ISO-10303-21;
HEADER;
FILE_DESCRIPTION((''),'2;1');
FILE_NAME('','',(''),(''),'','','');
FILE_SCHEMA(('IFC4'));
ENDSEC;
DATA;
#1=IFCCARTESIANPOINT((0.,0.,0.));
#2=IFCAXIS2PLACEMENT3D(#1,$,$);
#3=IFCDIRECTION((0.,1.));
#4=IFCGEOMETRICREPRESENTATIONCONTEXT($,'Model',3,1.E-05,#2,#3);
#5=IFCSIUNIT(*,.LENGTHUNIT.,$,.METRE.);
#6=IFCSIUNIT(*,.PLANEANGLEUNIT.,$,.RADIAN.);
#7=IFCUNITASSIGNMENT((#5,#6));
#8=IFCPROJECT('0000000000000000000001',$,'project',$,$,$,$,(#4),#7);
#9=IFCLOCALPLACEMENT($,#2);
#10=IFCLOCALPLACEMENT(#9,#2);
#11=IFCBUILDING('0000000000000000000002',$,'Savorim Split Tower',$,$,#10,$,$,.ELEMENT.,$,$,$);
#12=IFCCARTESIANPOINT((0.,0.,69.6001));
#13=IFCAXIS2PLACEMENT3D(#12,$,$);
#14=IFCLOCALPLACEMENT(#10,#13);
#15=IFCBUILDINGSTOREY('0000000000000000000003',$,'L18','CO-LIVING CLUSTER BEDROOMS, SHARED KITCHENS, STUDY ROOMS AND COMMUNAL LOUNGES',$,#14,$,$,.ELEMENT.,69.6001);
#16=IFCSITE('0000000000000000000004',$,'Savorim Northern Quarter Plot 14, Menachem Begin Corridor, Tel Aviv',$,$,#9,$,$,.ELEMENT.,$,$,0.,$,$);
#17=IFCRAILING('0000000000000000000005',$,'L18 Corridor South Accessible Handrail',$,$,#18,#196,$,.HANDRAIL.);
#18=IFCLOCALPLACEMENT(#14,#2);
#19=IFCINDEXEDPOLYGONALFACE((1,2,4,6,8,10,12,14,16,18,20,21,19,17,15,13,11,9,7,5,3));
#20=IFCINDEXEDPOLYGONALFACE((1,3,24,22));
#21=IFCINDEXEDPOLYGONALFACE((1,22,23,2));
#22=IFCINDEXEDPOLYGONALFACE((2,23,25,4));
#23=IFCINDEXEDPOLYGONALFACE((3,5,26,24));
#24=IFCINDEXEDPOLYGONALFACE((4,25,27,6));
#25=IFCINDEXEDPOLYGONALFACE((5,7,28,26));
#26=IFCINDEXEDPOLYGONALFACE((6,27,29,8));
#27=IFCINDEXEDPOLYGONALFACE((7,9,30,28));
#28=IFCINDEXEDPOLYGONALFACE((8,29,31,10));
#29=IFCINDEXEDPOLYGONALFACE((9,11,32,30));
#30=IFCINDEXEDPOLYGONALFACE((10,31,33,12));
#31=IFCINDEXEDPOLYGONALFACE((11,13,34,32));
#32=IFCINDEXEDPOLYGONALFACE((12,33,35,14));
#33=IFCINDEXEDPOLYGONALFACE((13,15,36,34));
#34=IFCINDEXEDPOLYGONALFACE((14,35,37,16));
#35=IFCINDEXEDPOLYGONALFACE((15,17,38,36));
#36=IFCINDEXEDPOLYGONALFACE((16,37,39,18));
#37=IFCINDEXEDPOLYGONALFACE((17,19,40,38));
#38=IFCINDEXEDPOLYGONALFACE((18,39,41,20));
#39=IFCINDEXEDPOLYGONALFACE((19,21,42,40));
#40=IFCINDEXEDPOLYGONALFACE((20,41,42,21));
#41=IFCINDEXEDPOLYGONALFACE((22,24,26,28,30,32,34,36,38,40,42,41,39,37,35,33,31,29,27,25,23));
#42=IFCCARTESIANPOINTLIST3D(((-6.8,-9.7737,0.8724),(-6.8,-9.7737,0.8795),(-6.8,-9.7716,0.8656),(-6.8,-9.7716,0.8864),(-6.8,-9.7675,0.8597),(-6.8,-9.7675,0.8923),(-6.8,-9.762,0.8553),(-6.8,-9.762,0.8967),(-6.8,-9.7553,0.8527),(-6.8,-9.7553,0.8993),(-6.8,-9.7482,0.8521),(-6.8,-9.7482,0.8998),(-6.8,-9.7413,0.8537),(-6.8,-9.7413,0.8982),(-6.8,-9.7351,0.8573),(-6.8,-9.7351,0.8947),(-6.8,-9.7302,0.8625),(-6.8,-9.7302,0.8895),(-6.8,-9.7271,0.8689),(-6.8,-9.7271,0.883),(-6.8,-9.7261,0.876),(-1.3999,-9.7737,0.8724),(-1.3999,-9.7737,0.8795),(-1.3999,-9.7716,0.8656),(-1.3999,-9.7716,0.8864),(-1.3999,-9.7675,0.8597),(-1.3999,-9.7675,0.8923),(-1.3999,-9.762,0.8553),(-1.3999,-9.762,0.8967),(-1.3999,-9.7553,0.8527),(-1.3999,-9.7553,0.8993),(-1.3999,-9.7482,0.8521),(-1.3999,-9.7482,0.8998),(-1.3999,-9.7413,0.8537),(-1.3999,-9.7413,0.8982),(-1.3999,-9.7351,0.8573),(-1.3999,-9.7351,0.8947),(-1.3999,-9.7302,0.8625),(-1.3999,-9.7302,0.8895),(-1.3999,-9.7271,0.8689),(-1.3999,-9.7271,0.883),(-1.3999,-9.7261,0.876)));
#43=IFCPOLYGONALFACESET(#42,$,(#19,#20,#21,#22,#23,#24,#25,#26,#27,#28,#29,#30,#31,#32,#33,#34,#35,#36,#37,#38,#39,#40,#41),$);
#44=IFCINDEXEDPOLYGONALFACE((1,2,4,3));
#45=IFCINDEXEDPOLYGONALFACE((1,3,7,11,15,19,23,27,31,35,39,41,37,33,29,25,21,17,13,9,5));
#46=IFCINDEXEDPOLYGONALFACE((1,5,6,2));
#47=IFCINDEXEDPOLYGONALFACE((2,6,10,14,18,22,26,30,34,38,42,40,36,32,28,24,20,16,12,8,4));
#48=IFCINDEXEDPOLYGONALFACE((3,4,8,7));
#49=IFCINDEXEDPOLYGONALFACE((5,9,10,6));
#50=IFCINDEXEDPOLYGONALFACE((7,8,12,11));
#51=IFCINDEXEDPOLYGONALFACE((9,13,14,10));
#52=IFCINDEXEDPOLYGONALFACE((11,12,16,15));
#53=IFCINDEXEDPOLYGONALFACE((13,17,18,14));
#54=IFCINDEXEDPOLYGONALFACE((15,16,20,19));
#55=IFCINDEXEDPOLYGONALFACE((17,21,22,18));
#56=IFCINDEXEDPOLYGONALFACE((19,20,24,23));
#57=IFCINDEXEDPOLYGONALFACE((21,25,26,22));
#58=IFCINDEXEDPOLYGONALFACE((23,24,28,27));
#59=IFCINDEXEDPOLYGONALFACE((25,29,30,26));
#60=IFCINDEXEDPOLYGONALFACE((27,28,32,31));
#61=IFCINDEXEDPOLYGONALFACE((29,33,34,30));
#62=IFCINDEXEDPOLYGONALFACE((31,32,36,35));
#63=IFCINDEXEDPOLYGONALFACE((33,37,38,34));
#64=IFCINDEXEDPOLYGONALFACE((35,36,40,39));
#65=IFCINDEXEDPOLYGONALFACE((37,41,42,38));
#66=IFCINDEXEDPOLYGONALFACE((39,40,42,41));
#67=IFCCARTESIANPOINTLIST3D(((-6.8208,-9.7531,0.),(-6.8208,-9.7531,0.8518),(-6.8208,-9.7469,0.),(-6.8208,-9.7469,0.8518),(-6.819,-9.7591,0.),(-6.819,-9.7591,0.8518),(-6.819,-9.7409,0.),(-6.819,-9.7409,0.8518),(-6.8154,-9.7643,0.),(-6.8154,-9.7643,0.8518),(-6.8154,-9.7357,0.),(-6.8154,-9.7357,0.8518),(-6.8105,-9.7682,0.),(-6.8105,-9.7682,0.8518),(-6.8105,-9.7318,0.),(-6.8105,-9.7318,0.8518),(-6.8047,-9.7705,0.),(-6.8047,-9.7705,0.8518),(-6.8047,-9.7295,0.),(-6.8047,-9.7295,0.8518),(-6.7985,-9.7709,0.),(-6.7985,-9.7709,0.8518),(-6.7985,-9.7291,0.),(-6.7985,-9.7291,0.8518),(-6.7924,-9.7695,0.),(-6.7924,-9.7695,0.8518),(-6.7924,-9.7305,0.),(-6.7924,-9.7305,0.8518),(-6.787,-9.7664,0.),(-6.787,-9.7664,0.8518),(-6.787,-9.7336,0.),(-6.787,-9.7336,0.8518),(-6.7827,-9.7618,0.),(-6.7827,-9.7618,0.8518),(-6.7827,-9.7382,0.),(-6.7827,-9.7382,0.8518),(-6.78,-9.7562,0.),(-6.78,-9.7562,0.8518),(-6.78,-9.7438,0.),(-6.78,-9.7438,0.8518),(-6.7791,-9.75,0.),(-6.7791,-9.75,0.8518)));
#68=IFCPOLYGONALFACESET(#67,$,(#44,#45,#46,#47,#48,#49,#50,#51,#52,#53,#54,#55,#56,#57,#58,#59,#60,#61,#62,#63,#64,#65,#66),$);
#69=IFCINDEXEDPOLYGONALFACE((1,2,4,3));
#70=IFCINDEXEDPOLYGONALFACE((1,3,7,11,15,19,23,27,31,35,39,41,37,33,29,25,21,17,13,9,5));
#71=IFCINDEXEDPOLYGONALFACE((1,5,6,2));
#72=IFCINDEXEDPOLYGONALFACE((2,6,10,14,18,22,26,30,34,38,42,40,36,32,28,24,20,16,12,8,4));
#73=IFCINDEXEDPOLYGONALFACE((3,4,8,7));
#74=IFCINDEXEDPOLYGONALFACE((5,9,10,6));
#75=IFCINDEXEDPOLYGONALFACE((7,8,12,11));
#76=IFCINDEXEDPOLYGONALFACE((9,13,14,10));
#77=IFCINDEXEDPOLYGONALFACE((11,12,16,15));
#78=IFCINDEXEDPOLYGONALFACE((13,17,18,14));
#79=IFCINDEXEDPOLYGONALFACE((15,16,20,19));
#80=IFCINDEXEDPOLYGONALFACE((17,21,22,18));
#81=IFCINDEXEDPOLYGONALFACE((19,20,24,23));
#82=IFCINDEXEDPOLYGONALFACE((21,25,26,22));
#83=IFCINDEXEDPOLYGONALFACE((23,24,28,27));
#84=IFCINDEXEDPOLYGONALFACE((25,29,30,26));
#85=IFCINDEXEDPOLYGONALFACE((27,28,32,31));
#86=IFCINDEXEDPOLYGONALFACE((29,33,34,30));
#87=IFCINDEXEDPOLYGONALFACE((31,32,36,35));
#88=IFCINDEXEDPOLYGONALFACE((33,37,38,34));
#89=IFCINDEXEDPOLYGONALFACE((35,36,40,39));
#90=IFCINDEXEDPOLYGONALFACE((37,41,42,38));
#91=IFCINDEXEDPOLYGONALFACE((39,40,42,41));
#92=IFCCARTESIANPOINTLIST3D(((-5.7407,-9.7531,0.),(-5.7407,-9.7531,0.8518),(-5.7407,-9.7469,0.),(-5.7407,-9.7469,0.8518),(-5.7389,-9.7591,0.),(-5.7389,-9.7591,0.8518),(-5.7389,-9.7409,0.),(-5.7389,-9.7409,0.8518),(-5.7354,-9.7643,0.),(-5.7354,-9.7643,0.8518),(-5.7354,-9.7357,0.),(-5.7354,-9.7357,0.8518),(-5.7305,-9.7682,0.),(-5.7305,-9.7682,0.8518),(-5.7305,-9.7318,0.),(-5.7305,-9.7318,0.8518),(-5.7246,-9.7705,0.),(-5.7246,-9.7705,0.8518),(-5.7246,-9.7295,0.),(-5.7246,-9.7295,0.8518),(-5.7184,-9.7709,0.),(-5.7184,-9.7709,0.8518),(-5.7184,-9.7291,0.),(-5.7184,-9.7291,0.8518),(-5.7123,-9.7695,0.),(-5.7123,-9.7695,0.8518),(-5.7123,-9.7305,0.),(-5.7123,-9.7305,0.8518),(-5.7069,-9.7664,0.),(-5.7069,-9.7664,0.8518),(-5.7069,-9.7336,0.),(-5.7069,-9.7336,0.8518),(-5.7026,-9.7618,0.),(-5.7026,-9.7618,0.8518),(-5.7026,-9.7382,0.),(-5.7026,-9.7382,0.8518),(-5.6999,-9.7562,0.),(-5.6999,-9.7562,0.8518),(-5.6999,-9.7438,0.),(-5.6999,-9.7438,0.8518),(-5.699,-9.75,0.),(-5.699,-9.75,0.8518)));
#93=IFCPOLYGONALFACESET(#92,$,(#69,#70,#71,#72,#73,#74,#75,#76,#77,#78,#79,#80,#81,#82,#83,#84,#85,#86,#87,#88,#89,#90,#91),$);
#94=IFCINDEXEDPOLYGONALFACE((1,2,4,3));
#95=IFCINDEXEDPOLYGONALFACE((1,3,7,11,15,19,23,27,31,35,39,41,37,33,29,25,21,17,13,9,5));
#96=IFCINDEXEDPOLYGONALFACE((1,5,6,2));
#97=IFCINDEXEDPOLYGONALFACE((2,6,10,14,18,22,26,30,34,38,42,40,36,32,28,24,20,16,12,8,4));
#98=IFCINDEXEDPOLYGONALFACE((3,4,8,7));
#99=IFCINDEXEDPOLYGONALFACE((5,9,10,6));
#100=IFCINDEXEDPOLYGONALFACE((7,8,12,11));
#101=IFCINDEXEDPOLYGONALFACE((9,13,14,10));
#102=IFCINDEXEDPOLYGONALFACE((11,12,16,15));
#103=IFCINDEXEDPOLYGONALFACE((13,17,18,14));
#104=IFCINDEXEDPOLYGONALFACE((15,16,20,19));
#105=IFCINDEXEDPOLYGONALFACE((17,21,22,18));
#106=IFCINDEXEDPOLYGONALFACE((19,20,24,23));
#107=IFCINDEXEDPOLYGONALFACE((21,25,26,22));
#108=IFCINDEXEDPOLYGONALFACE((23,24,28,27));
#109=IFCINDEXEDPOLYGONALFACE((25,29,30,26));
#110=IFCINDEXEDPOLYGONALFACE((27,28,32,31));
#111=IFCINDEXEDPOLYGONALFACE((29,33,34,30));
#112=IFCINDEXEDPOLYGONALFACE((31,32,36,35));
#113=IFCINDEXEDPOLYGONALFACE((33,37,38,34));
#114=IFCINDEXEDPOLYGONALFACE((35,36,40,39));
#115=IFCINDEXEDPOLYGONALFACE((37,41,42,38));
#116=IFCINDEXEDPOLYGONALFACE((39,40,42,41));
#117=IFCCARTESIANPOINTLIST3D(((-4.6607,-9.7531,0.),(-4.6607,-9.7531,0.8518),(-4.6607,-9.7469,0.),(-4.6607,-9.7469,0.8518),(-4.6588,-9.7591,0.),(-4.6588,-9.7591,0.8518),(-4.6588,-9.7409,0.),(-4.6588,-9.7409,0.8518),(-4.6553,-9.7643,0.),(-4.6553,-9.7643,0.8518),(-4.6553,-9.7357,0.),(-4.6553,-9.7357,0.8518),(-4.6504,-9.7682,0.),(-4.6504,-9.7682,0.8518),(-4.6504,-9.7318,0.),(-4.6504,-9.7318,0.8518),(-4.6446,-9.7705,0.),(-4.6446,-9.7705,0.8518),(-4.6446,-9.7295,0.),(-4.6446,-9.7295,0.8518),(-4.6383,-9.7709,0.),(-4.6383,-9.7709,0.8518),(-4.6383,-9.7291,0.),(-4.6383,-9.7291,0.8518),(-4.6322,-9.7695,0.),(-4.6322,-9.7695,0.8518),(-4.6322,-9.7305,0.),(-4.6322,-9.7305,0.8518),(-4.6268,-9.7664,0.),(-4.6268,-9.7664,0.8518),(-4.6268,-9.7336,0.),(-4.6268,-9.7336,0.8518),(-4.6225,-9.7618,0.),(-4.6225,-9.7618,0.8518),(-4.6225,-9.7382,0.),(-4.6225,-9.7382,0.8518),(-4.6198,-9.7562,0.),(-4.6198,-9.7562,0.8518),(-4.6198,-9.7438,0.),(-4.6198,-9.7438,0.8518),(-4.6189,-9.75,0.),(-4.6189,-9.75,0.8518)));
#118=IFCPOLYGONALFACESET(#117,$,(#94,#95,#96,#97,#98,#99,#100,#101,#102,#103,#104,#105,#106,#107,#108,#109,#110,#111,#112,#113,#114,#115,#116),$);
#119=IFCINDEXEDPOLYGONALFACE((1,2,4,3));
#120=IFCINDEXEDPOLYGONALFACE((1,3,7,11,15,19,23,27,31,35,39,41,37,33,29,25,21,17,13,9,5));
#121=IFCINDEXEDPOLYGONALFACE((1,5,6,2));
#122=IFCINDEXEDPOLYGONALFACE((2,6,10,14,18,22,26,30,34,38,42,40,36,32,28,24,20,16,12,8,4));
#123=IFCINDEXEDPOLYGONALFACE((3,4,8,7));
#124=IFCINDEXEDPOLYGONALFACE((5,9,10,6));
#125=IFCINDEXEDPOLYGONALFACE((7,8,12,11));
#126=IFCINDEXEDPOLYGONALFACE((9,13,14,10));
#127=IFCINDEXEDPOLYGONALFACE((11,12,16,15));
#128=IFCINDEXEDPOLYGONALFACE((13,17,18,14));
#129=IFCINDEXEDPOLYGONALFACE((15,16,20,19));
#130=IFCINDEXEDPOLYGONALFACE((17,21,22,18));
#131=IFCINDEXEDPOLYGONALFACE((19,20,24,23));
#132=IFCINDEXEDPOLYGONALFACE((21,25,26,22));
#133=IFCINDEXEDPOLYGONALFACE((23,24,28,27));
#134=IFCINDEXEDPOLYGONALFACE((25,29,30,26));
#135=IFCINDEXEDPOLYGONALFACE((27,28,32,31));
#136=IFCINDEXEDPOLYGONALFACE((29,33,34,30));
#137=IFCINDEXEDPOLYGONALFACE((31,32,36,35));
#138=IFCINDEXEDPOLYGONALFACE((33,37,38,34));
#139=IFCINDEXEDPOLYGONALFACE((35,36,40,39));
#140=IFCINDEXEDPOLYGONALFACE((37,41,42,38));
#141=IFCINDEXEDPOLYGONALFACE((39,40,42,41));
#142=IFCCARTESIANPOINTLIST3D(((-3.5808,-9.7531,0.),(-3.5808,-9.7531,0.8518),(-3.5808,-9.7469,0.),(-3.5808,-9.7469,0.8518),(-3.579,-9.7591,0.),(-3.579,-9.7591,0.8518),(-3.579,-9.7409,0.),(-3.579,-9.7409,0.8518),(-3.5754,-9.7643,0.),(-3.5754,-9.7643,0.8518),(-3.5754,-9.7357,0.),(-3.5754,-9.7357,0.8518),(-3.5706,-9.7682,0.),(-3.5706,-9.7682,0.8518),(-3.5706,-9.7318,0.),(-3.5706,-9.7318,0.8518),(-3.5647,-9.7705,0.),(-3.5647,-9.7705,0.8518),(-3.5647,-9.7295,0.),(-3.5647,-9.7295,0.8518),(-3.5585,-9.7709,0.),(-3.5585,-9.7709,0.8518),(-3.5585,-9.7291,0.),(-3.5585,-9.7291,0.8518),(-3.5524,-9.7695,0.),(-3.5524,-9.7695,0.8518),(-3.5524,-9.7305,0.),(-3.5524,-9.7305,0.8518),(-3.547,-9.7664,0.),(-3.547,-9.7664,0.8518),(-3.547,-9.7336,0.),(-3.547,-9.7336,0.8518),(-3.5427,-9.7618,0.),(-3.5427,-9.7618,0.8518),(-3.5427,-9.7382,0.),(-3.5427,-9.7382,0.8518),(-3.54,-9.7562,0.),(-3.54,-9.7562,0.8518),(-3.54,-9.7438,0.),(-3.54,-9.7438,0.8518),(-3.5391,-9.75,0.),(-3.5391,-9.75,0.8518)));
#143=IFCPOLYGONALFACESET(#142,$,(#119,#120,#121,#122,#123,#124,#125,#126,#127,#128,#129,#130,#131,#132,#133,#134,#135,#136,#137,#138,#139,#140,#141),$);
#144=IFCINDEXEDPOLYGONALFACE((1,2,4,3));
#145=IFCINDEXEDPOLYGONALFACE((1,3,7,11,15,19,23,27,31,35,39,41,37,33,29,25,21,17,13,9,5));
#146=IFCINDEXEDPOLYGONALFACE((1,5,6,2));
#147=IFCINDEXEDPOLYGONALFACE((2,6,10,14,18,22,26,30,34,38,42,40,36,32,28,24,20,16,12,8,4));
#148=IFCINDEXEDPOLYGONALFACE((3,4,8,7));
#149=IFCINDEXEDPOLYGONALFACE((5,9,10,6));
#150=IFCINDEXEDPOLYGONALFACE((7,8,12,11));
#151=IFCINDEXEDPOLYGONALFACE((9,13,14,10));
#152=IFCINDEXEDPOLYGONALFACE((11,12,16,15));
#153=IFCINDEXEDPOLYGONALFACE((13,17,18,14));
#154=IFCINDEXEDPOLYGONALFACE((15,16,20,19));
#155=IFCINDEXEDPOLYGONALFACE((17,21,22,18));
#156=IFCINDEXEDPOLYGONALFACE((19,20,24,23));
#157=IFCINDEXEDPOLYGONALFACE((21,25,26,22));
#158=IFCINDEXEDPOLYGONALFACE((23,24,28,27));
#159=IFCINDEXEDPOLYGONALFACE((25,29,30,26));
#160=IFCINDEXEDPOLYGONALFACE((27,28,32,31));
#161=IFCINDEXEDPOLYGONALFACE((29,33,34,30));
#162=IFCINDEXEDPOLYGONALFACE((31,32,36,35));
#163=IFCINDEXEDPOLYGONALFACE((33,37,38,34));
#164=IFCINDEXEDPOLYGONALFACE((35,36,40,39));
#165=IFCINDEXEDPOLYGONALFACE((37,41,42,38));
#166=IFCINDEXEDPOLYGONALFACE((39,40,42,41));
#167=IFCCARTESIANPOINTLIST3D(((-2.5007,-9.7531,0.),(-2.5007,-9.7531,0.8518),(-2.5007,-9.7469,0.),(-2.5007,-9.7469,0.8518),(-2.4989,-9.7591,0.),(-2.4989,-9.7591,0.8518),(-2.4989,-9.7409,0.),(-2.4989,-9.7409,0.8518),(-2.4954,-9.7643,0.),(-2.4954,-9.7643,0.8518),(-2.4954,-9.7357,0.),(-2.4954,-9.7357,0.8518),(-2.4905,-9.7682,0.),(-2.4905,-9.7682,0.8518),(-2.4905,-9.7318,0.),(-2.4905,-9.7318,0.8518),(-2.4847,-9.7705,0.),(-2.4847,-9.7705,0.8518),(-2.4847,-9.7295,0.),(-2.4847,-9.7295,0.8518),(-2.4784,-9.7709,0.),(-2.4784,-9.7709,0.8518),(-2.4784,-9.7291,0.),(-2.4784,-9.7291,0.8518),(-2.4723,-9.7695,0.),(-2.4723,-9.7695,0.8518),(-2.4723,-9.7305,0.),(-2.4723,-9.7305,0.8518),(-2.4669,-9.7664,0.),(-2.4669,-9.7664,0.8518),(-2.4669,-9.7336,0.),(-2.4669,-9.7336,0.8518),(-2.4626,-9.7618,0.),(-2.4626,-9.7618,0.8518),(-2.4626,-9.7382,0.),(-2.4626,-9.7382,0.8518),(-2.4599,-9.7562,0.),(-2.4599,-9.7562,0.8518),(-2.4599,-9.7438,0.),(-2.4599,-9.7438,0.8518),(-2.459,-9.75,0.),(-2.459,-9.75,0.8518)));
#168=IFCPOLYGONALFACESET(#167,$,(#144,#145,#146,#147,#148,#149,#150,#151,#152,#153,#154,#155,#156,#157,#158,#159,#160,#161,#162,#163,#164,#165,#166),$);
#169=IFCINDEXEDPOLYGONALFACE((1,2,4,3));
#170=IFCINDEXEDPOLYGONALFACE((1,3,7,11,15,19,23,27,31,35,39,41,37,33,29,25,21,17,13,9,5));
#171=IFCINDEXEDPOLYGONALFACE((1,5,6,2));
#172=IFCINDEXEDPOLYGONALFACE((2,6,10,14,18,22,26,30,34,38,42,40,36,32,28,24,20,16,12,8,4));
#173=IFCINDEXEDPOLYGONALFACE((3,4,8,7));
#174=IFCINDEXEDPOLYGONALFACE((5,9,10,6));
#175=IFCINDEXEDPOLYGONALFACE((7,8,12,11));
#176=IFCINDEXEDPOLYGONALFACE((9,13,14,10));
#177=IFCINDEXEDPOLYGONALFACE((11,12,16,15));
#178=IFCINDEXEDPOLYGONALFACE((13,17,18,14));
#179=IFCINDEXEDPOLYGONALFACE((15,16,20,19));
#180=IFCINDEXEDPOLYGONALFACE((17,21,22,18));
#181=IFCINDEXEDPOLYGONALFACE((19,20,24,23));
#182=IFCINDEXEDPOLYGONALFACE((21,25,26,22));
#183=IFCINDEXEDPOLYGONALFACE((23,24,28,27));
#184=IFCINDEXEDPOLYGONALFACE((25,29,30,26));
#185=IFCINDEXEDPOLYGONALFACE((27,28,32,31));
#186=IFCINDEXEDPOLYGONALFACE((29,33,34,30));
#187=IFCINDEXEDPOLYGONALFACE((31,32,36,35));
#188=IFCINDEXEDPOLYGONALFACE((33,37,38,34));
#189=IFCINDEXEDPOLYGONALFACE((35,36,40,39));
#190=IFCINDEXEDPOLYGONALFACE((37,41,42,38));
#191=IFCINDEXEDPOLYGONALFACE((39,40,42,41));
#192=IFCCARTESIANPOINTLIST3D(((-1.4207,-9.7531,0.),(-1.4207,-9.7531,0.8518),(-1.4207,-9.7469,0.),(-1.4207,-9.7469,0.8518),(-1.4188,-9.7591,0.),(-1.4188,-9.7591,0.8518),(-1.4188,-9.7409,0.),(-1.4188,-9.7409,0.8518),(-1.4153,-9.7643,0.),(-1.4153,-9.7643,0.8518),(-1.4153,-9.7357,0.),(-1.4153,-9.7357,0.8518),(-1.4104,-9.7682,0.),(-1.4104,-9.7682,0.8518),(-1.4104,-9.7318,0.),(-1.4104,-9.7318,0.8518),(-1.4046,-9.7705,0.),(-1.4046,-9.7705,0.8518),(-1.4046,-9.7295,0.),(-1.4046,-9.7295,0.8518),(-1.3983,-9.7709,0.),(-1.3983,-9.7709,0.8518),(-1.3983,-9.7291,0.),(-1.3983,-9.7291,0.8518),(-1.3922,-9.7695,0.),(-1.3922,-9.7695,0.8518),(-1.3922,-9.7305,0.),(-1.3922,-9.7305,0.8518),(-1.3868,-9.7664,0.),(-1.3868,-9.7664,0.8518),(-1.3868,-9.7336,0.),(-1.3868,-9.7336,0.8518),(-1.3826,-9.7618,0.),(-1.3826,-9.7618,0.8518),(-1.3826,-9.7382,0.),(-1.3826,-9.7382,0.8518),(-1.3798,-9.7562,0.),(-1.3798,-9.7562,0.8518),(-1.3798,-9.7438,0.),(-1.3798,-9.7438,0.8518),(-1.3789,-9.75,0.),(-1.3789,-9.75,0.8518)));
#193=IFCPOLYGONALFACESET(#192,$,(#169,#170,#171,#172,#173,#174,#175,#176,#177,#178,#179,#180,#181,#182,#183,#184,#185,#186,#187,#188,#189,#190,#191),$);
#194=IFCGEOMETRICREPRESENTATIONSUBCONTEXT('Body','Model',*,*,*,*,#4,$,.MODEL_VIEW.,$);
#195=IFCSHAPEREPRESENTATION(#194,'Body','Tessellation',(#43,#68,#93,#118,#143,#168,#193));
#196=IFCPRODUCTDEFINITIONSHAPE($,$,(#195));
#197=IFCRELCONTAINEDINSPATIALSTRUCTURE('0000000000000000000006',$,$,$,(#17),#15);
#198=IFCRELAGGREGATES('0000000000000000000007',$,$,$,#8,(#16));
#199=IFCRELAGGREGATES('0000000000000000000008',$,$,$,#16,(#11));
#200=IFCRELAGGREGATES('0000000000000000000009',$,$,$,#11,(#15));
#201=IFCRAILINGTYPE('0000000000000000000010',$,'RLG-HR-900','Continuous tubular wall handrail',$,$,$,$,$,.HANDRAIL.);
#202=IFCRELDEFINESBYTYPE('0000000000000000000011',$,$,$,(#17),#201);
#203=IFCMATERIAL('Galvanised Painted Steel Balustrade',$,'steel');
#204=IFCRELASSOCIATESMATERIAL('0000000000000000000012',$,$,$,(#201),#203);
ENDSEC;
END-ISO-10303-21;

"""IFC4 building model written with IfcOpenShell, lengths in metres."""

from ifc_helpers import new_model, si_unit, direction, frame, origin, origin_2d, place, context, subcontext, project, spatial, circle, extrude, material, type_object, element, save


model = new_model("IFC4")

# Units and contexts
model_context = context("Model", 3, precision=1e-05, world=origin(), true_north=direction((0.0, 1.0)))
body_context = subcontext(model_context, "Body", "Model", "MODEL_VIEW")
ifc_project = project(units=[si_unit("LENGTHUNIT", "METRE"), si_unit("PLANEANGLEUNIT", "RADIAN")], contexts=[model_context])

# Site, building, storey
site_placement = place(None, origin())
site = spatial("IfcSite", under=ifc_project, at=site_placement, Name="Savorim Northern Quarter Plot 14, Menachem Begin Corridor, Tel Aviv", CompositionType="ELEMENT", RefElevation=0.0)
building_placement = place(site_placement, origin())
building = spatial("IfcBuilding", under=site, at=building_placement, Name="Savorim Split Tower", CompositionType="ELEMENT")
storey_placement = place(building_placement, frame((0.0, 0.0, 69.6001)))
storey = spatial("IfcBuildingStorey", under=building, at=storey_placement, Name="L18", Description="CO-LIVING CLUSTER BEDROOMS, SHARED KITCHENS, STUDY ROOMS AND COMMUNAL LOUNGES", CompositionType="ELEMENT", Elevation=69.6001)

# Railing
ifc_material_1 = material(Name="Galvanised Painted Steel Balustrade", Category="steel")
railing_type_1 = type_object("IfcRailingType", Name="RLG-HR-900", Description="Continuous tubular wall handrail", PredefinedType="HANDRAIL", material=ifc_material_1)
railing_1_placement = place(storey_placement, frame((-6.8, -9.75, 0.0)))
element("IfcRailing", 1, at=railing_1_placement, inside=storey, type_object=railing_type_1, Name="L18 Corridor South Accessible Handrail", PredefinedType="HANDRAIL", context=body_context, shape_type="SweptSolid", body=[
    extrude(circle(Radius=0.0239, at=origin_2d()), frame((0.0, 0.0, 0.876), z_axis=(1.0, 0.0, 0.0), x_axis=(0.0, 1.0, 0.0)), (0.0, 0.0, 1.0), 5.4001),
    extrude(circle(Radius=0.021, at=origin_2d()), origin(), (0.0, 0.0, 1.0), 0.8518),
    extrude(circle(Radius=0.021, at=origin_2d()), frame((1.0801, 0.0, 0.0)), (0.0, 0.0, 1.0), 0.8518),
    extrude(circle(Radius=0.021, at=origin_2d()), frame((2.1602, 0.0, 0.0)), (0.0, 0.0, 1.0), 0.8518),
    extrude(circle(Radius=0.021, at=origin_2d()), frame((3.24, 0.0, 0.0)), (0.0, 0.0, 1.0), 0.8518),
    extrude(circle(Radius=0.021, at=origin_2d()), frame((4.3201, 0.0, 0.0)), (0.0, 0.0, 1.0), 0.8518),
    extrude(circle(Radius=0.021, at=origin_2d()), frame((5.4001, 0.0, 0.0)), (0.0, 0.0, 1.0), 0.8518),
])

save(model, "model.ifc")
